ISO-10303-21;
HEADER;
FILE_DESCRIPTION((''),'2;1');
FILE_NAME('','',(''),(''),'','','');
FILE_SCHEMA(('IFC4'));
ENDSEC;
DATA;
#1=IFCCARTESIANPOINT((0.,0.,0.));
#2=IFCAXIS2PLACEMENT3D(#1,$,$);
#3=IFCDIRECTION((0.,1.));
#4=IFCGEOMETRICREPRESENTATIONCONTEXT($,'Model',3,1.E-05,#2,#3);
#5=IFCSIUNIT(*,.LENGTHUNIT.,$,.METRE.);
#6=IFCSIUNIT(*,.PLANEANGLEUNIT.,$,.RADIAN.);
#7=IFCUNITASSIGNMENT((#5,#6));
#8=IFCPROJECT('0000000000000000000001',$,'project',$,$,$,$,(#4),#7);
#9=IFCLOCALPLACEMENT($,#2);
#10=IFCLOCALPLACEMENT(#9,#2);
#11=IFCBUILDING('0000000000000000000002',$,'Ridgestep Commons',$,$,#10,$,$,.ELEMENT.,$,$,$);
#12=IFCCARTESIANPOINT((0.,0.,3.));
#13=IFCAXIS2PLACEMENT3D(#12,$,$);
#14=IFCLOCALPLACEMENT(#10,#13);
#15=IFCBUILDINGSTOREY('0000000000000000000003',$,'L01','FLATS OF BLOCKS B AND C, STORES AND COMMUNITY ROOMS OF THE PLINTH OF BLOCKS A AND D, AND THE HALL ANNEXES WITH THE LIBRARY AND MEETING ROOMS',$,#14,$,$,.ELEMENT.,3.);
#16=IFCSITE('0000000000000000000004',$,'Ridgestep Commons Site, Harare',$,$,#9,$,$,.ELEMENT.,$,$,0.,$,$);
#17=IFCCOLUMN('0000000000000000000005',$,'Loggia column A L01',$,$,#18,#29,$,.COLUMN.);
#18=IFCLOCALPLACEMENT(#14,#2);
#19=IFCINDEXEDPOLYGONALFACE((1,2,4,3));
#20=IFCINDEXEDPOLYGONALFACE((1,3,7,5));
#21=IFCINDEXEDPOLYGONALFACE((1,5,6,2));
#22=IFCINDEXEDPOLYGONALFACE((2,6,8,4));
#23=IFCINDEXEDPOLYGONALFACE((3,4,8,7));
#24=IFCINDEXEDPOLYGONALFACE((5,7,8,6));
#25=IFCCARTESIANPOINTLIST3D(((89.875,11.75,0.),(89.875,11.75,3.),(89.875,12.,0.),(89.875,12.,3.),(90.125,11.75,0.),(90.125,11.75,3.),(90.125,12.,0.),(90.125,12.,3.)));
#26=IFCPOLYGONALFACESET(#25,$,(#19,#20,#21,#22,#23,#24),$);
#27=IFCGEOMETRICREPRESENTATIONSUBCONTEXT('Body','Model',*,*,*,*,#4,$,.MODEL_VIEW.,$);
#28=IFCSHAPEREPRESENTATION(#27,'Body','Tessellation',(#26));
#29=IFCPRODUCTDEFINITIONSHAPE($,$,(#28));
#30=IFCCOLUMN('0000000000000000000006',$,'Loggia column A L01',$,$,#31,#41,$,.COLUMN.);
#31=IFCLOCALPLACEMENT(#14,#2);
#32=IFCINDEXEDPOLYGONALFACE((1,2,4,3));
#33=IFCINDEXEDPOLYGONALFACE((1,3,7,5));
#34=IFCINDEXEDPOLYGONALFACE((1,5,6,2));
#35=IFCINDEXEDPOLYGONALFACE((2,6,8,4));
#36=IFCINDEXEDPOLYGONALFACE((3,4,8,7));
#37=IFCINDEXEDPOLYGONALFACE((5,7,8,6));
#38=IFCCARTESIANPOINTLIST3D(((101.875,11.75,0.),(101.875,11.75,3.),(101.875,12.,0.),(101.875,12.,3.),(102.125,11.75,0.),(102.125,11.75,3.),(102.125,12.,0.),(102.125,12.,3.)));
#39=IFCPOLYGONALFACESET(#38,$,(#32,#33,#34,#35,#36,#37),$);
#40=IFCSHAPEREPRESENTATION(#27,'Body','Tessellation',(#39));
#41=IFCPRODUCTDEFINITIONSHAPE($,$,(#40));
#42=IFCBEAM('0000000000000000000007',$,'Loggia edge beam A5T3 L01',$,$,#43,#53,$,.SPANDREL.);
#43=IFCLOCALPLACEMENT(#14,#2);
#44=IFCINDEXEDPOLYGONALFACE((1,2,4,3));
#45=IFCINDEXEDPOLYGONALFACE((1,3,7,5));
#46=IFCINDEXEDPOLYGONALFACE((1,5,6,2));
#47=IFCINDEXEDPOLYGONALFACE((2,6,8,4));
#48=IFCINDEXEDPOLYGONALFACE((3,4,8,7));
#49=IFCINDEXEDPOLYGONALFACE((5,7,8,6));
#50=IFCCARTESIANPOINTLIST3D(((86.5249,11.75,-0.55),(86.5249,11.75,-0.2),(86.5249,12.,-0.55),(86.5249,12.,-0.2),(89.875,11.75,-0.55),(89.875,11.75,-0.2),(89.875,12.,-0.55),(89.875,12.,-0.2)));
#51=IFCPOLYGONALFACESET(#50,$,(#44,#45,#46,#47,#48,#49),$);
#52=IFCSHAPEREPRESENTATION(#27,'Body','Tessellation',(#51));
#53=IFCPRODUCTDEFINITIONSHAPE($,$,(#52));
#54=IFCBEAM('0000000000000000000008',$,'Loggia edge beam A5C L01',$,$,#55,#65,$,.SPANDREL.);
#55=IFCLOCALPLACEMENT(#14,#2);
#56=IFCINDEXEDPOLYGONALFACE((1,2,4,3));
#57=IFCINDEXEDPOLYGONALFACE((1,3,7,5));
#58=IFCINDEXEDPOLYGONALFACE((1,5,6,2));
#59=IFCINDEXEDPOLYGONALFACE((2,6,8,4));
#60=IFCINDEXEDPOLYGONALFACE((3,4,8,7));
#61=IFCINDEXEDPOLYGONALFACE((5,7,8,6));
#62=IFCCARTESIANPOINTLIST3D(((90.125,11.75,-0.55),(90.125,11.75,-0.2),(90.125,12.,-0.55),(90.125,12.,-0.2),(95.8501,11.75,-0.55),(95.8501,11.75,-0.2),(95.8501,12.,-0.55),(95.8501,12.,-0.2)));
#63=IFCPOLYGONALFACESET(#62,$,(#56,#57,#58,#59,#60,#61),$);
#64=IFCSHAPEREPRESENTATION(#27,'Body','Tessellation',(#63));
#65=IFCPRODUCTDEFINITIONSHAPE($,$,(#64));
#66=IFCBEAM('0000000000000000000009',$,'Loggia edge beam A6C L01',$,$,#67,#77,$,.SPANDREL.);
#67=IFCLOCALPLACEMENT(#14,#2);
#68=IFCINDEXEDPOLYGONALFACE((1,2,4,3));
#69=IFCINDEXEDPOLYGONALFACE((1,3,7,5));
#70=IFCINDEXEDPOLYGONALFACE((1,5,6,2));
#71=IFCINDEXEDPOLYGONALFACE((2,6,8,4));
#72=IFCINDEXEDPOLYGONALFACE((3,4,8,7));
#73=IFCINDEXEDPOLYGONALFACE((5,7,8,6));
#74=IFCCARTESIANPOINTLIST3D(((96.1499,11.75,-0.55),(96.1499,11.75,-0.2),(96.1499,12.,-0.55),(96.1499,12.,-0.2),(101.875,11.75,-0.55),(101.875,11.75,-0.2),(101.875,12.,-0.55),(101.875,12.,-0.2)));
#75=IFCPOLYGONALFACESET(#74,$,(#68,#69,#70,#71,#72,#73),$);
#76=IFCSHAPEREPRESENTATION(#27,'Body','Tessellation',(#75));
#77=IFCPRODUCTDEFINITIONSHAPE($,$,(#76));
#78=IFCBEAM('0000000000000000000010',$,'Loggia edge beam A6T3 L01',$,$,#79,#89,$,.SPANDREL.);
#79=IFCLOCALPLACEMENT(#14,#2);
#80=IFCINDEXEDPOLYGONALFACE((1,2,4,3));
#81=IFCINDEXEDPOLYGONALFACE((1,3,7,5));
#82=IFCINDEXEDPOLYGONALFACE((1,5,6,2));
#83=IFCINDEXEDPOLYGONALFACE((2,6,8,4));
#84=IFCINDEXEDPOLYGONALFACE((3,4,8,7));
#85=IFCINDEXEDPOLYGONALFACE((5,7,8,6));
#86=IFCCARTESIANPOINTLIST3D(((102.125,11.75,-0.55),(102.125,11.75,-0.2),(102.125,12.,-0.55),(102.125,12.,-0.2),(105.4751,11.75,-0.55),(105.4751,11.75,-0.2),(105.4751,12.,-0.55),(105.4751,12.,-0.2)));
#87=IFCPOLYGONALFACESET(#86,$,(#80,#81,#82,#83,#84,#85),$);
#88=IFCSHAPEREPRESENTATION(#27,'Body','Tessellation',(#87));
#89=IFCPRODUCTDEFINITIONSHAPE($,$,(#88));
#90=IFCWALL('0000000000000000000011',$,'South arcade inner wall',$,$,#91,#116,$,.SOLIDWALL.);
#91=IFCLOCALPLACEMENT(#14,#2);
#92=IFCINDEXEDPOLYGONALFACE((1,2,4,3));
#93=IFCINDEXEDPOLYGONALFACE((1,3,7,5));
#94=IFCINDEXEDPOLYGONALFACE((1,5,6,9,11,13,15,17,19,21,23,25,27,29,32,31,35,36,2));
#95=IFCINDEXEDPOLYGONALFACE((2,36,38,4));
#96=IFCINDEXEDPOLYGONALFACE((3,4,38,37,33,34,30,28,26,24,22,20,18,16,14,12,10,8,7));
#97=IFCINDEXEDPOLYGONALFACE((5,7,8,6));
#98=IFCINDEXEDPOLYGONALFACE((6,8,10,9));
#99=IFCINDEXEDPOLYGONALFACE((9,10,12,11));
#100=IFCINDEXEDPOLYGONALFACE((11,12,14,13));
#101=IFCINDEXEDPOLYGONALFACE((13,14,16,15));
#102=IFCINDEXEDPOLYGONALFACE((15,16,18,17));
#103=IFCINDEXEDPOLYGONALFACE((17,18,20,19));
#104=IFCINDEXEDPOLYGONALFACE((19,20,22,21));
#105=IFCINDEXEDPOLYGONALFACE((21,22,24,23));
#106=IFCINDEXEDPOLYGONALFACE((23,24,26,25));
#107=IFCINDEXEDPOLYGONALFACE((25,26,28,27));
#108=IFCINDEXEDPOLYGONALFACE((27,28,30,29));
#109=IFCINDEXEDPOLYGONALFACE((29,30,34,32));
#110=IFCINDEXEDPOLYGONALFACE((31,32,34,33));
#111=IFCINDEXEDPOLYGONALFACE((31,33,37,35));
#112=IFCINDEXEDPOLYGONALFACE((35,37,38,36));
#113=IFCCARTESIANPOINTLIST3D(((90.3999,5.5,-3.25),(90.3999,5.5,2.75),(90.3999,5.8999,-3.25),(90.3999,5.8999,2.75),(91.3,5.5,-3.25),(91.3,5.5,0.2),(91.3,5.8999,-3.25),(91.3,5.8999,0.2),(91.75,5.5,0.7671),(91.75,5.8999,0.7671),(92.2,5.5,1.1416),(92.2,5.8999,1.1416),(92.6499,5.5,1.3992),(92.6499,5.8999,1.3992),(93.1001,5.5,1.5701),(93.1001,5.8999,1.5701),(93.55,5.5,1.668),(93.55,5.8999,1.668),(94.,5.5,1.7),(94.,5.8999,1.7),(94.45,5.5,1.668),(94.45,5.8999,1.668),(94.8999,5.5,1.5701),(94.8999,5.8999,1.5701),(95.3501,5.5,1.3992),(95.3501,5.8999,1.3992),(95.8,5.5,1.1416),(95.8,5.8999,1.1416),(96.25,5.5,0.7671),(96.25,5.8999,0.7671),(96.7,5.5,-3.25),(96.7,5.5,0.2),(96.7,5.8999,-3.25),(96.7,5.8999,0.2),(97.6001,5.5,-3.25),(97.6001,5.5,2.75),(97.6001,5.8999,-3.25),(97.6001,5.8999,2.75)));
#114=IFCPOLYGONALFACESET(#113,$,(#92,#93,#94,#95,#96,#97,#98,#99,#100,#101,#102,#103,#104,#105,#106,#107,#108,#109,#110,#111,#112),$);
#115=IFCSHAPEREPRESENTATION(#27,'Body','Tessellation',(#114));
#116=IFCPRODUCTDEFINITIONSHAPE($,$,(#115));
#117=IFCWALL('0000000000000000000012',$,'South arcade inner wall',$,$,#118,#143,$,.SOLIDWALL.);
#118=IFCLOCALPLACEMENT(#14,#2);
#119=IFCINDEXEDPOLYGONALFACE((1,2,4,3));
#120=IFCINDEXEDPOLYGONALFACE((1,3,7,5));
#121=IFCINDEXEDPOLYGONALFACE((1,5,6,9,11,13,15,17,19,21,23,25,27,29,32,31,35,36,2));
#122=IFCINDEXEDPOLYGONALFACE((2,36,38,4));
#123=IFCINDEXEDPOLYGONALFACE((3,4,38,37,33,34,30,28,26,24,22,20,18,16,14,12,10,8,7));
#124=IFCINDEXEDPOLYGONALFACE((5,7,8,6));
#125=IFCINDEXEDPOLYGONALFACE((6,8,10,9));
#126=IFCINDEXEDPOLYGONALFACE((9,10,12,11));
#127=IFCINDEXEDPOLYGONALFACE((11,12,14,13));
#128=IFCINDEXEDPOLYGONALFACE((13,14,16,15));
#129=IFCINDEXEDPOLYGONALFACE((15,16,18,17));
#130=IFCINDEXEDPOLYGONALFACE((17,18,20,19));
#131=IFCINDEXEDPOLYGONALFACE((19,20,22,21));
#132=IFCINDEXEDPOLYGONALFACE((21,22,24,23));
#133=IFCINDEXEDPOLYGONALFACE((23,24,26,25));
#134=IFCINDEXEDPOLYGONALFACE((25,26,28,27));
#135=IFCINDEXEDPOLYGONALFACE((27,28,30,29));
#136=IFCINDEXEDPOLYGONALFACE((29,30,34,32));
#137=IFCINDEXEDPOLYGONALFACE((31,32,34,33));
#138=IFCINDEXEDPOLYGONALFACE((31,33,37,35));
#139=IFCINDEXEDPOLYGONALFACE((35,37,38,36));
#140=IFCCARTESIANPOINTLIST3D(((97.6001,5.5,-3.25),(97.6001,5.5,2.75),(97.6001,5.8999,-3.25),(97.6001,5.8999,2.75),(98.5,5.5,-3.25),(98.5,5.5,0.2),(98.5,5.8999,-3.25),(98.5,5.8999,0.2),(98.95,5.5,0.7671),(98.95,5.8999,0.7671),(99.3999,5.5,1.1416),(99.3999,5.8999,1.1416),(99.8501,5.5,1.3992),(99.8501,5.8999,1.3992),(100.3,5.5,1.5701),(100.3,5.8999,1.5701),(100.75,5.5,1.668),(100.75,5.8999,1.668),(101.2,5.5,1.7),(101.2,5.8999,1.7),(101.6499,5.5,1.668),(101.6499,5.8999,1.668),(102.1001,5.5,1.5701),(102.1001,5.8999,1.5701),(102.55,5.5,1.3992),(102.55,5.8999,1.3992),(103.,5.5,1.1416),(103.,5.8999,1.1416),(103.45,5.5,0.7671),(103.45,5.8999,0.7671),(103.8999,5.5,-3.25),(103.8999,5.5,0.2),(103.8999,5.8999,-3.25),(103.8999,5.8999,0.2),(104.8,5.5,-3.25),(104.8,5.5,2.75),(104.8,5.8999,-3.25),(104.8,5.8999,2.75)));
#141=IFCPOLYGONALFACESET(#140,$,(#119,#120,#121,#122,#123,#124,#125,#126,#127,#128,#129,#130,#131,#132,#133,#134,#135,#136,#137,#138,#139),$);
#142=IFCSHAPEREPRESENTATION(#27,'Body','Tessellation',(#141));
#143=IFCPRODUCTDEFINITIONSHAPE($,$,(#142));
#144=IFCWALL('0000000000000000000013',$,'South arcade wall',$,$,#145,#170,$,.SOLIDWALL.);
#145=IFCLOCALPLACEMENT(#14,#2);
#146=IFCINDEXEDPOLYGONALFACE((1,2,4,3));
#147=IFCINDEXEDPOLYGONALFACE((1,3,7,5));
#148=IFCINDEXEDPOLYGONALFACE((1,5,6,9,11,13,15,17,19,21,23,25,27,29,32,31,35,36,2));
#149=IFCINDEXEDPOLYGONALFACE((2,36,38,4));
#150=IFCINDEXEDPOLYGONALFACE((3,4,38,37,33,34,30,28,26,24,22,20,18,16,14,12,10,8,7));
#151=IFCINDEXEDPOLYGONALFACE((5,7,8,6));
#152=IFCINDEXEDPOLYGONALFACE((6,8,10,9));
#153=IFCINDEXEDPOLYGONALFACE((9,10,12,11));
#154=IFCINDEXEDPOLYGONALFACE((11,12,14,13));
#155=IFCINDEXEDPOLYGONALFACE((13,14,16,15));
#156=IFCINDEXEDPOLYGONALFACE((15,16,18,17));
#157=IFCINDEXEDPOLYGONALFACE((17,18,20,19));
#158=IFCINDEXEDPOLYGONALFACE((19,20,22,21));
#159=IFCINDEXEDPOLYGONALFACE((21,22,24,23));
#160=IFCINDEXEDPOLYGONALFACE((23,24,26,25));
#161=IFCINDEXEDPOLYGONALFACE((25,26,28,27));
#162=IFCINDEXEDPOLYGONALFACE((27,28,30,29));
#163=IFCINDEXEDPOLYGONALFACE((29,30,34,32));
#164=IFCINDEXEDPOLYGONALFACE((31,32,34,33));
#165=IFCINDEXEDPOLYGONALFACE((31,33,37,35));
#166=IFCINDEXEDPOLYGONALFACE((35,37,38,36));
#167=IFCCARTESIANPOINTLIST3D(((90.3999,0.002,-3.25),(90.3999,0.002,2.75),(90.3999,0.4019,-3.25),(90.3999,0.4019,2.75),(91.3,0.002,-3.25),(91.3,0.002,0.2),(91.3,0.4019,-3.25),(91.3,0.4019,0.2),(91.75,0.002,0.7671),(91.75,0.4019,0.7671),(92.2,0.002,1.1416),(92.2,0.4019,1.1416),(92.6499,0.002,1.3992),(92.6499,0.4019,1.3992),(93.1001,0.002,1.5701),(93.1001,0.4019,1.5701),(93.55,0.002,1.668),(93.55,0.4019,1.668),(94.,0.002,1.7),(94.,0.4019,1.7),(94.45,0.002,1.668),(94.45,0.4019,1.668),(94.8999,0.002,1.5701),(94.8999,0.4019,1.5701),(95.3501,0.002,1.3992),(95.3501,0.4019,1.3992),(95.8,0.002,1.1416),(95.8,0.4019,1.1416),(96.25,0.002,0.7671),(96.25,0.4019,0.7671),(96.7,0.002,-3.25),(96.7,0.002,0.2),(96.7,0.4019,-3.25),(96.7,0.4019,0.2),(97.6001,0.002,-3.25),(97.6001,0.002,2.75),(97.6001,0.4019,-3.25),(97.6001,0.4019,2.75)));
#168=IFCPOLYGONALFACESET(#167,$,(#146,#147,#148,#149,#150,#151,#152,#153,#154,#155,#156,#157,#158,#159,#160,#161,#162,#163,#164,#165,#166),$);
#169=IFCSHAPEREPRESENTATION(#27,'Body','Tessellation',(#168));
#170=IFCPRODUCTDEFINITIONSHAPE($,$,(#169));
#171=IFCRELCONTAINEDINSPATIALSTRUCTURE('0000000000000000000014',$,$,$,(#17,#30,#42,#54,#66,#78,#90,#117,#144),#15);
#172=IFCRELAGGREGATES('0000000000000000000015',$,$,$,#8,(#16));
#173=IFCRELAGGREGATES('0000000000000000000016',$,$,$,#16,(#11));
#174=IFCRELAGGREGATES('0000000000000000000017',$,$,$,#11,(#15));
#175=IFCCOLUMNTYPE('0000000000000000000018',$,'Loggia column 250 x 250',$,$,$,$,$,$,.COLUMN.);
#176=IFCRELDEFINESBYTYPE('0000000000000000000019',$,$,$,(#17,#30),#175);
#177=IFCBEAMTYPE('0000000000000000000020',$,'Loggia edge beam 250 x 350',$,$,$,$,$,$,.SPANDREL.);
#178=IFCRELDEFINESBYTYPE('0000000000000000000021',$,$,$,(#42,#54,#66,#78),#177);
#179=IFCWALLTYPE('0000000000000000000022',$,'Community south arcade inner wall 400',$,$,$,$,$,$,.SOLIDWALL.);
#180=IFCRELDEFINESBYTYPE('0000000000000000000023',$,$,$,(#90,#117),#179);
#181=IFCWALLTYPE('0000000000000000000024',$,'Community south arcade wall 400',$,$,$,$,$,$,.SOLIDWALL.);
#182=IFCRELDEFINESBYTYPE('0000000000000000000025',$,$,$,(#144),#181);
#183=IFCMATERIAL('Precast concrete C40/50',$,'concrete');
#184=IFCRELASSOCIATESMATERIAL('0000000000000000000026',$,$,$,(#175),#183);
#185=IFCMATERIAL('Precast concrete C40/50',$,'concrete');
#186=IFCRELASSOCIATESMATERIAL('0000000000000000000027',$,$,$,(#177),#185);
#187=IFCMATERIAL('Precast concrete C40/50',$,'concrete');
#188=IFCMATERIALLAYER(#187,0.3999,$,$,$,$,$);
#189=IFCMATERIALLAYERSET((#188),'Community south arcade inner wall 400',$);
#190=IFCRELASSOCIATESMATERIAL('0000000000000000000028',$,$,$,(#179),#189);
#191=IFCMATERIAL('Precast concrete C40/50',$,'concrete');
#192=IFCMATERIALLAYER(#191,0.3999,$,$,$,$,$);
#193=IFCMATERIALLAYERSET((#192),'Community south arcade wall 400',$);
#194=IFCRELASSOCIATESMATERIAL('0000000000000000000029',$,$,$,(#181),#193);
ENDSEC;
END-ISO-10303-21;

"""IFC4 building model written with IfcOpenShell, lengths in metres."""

from ifc_helpers import new_model, si_unit, direction, frame, origin, origin_2d, place, context, subcontext, project, spatial, polyline, rectangle, outline, extrude, material, layer, layer_set, material_profile, profile_set, type_object, element, save


model = new_model("IFC4")

# Units and contexts
model_context = context("Model", 3, precision=1e-05, world=origin(), true_north=direction((0.0, 1.0)))
body_context = subcontext(model_context, "Body", "Model", "MODEL_VIEW")
ifc_project = project(units=[si_unit("LENGTHUNIT", "METRE"), si_unit("PLANEANGLEUNIT", "RADIAN")], contexts=[model_context])

# Site, building, storey
site_placement = place(None, origin())
site = spatial("IfcSite", under=ifc_project, at=site_placement, Name="Ridgestep Commons Site, Harare", CompositionType="ELEMENT", RefElevation=0.0)
building_placement = place(site_placement, origin())
building = spatial("IfcBuilding", under=site, at=building_placement, Name="Ridgestep Commons", CompositionType="ELEMENT")
storey_placement = place(building_placement, frame((0.0, 0.0, 3.0)))
storey = spatial("IfcBuildingStorey", under=building, at=storey_placement, Name="L01", Description="FLATS OF BLOCKS B AND C, STORES AND COMMUNITY ROOMS OF THE PLINTH OF BLOCKS A AND D, AND THE HALL ANNEXES WITH THE LIBRARY AND MEETING ROOMS", CompositionType="ELEMENT", Elevation=3.0)

# Columns
ifc_material_1 = material(Name="Precast concrete C40/50", Category="concrete")
ifc_material_profile_1 = material_profile(ifc_material_1, rectangle(XDim=0.25, YDim=0.25, at=origin_2d()), Name="PC 250x250")
ifc_profile_set_1 = profile_set([ifc_material_profile_1], Name="Precast concrete C40/50")
column_type = type_object("IfcColumnType", Name="Loggia column 250 x 250", PredefinedType="COLUMN", material=ifc_profile_set_1)
for number, where, z_axis, x_axis, name in (
    (1, (90.0, 11.875, 0.0), (0.0, 0.0, 1.0), (1.0, 0.0, 0.0), "Loggia column A L01"),
    (2, (102.0, 11.875, 0.0), (0.0, 0.0, 1.0), (1.0, 0.0, 0.0), "Loggia column A L01"),
):
    element("IfcColumn", number, at=place(storey_placement, frame(where, z_axis=z_axis, x_axis=x_axis)), inside=storey, type_object=column_type, Name=name, PredefinedType="COLUMN", context=body_context, shape_type="SweptSolid", body=[
        extrude(rectangle(XDim=0.25, YDim=0.25, at=origin_2d()), origin(), (0.0, 0.0, 1.0), 3.0),
    ])

# Beams
ifc_material_2 = material(Name="Precast concrete C40/50", Category="concrete")
ifc_material_profile_2 = material_profile(ifc_material_2, rectangle(XDim=0.25, YDim=0.3501, at=origin_2d()), Name="PC 250x350")
ifc_profile_set_2 = profile_set([ifc_material_profile_2], Name="Precast concrete C40/50")
beam_type = type_object("IfcBeamType", Name="Loggia edge beam 250 x 350", PredefinedType="SPANDREL", material=ifc_profile_set_2)
beam_1_placement = place(storey_placement, frame((86.5249, 11.875, -0.375), z_axis=(1.0, 0.0, 0.0), x_axis=(0.0, 1.0, 0.0)))
element("IfcBeam", 3, at=beam_1_placement, inside=storey, type_object=beam_type, Name="Loggia edge beam A5T3 L01", PredefinedType="SPANDREL", context=body_context, shape_type="SweptSolid", body=[
    extrude(rectangle(XDim=0.25, YDim=0.3501, at=origin_2d()), origin(), (0.0, 0.0, 1.0), 3.3501),
])
for number, where, z_axis, x_axis, name in (
    (4, (90.125, 11.875, -0.375), (1.0, 0.0, 0.0), (0.0, 1.0, 0.0), "Loggia edge beam A5C L01"),
    (5, (96.1499, 11.875, -0.375), (1.0, 0.0, 0.0), (0.0, 1.0, 0.0), "Loggia edge beam A6C L01"),
):
    element("IfcBeam", number, at=place(storey_placement, frame(where, z_axis=z_axis, x_axis=x_axis)), inside=storey, type_object=beam_type, Name=name, PredefinedType="SPANDREL", context=body_context, shape_type="SweptSolid", body=[
        extrude(rectangle(XDim=0.25, YDim=0.3501, at=origin_2d()), origin(), (0.0, 0.0, 1.0), 5.7251),
    ])
beam_2_placement = place(storey_placement, frame((102.125, 11.875, -0.375), z_axis=(1.0, 0.0, 0.0), x_axis=(0.0, 1.0, 0.0)))
element("IfcBeam", 6, at=beam_2_placement, inside=storey, type_object=beam_type, Name="Loggia edge beam A6T3 L01", PredefinedType="SPANDREL", context=body_context, shape_type="SweptSolid", body=[
    extrude(rectangle(XDim=0.25, YDim=0.3501, at=origin_2d()), origin(), (0.0, 0.0, 1.0), 3.3501),
])

# Walls
ifc_material_3 = material(Name="Precast concrete C40/50", Category="concrete")
ifc_layer_1 = layer(ifc_material_3, 0.3999)
ifc_layer_set_1 = layer_set([ifc_layer_1], Name="Community south arcade inner wall 400")
wall_type_1 = type_object("IfcWallType", Name="Community south arcade inner wall 400", PredefinedType="SOLIDWALL", material=ifc_layer_set_1)
wall_1_placement = place(storey_placement, frame((90.3999, 5.5, -3.25), z_axis=(0.0, -1.0, 0.0), x_axis=(1.0, 0.0, 0.0)))
element("IfcWall", 7, at=wall_1_placement, inside=storey, type_object=wall_type_1, Name="South arcade inner wall", PredefinedType="SOLIDWALL", context=body_context, shape_type="SweptSolid", body=[
    extrude(outline(polyline([(0.0, 0.0), (0.9001, 0.0), (0.9001, 3.45), (1.3501, 4.0171), (1.8, 4.3916), (2.25, 4.6492), (2.7002, 4.8201), (3.1501, 4.918), (3.6001, 4.95), (4.05, 4.918), (4.5, 4.8201), (4.9502, 4.6492), (5.4001, 4.3916), (5.8501, 4.0171), (6.3, 3.45), (6.3, 0.0), (7.2002, 0.0), (7.2002, 6.0), (0.0, 6.0), (0.0, 0.0)])), origin(), (0.0, 0.0, -1.0), 0.3999),
])
wall_2_placement = place(storey_placement, frame((97.6001, 5.5, -3.25), z_axis=(0.0, -1.0, 0.0), x_axis=(1.0, 0.0, 0.0)))
element("IfcWall", 8, at=wall_2_placement, inside=storey, type_object=wall_type_1, Name="South arcade inner wall", PredefinedType="SOLIDWALL", context=body_context, shape_type="SweptSolid", body=[
    extrude(outline(polyline([(0.0, 0.0), (0.8999, 0.0), (0.8999, 3.45), (1.3499, 4.0171), (1.7998, 4.3916), (2.25, 4.6492), (2.7, 4.8201), (3.1499, 4.918), (3.5999, 4.95), (4.0498, 4.918), (4.5, 4.8201), (4.95, 4.6492), (5.3999, 4.3916), (5.8499, 4.0171), (6.2998, 3.45), (6.2998, 0.0), (7.2, 0.0), (7.2, 6.0), (0.0, 6.0), (0.0, 0.0)])), origin(), (0.0, 0.0, -1.0), 0.3999),
])
ifc_material_4 = material(Name="Precast concrete C40/50", Category="concrete")
ifc_layer_2 = layer(ifc_material_4, 0.3999)
ifc_layer_set_2 = layer_set([ifc_layer_2], Name="Community south arcade wall 400")
wall_type_2 = type_object("IfcWallType", Name="Community south arcade wall 400", PredefinedType="SOLIDWALL", material=ifc_layer_set_2)
wall_3_placement = place(storey_placement, frame((90.3999, 0.002, -3.25), z_axis=(0.0, -1.0, 0.0), x_axis=(1.0, 0.0, 0.0)))
element("IfcWall", 9, at=wall_3_placement, inside=storey, type_object=wall_type_2, Name="South arcade wall", PredefinedType="SOLIDWALL", context=body_context, shape_type="SweptSolid", body=[
    extrude(outline(polyline([(0.0, 0.0), (0.9001, 0.0), (0.9001, 3.45), (1.3501, 4.0171), (1.8, 4.3916), (2.25, 4.6492), (2.7002, 4.8201), (3.1501, 4.918), (3.6001, 4.95), (4.05, 4.918), (4.5, 4.8201), (4.9502, 4.6492), (5.4001, 4.3916), (5.8501, 4.0171), (6.3, 3.45), (6.3, 0.0), (7.2002, 0.0), (7.2002, 6.0), (0.0, 6.0), (0.0, 0.0)])), origin(), (0.0, 0.0, -1.0), 0.3999),
])

save(model, "model.ifc")
